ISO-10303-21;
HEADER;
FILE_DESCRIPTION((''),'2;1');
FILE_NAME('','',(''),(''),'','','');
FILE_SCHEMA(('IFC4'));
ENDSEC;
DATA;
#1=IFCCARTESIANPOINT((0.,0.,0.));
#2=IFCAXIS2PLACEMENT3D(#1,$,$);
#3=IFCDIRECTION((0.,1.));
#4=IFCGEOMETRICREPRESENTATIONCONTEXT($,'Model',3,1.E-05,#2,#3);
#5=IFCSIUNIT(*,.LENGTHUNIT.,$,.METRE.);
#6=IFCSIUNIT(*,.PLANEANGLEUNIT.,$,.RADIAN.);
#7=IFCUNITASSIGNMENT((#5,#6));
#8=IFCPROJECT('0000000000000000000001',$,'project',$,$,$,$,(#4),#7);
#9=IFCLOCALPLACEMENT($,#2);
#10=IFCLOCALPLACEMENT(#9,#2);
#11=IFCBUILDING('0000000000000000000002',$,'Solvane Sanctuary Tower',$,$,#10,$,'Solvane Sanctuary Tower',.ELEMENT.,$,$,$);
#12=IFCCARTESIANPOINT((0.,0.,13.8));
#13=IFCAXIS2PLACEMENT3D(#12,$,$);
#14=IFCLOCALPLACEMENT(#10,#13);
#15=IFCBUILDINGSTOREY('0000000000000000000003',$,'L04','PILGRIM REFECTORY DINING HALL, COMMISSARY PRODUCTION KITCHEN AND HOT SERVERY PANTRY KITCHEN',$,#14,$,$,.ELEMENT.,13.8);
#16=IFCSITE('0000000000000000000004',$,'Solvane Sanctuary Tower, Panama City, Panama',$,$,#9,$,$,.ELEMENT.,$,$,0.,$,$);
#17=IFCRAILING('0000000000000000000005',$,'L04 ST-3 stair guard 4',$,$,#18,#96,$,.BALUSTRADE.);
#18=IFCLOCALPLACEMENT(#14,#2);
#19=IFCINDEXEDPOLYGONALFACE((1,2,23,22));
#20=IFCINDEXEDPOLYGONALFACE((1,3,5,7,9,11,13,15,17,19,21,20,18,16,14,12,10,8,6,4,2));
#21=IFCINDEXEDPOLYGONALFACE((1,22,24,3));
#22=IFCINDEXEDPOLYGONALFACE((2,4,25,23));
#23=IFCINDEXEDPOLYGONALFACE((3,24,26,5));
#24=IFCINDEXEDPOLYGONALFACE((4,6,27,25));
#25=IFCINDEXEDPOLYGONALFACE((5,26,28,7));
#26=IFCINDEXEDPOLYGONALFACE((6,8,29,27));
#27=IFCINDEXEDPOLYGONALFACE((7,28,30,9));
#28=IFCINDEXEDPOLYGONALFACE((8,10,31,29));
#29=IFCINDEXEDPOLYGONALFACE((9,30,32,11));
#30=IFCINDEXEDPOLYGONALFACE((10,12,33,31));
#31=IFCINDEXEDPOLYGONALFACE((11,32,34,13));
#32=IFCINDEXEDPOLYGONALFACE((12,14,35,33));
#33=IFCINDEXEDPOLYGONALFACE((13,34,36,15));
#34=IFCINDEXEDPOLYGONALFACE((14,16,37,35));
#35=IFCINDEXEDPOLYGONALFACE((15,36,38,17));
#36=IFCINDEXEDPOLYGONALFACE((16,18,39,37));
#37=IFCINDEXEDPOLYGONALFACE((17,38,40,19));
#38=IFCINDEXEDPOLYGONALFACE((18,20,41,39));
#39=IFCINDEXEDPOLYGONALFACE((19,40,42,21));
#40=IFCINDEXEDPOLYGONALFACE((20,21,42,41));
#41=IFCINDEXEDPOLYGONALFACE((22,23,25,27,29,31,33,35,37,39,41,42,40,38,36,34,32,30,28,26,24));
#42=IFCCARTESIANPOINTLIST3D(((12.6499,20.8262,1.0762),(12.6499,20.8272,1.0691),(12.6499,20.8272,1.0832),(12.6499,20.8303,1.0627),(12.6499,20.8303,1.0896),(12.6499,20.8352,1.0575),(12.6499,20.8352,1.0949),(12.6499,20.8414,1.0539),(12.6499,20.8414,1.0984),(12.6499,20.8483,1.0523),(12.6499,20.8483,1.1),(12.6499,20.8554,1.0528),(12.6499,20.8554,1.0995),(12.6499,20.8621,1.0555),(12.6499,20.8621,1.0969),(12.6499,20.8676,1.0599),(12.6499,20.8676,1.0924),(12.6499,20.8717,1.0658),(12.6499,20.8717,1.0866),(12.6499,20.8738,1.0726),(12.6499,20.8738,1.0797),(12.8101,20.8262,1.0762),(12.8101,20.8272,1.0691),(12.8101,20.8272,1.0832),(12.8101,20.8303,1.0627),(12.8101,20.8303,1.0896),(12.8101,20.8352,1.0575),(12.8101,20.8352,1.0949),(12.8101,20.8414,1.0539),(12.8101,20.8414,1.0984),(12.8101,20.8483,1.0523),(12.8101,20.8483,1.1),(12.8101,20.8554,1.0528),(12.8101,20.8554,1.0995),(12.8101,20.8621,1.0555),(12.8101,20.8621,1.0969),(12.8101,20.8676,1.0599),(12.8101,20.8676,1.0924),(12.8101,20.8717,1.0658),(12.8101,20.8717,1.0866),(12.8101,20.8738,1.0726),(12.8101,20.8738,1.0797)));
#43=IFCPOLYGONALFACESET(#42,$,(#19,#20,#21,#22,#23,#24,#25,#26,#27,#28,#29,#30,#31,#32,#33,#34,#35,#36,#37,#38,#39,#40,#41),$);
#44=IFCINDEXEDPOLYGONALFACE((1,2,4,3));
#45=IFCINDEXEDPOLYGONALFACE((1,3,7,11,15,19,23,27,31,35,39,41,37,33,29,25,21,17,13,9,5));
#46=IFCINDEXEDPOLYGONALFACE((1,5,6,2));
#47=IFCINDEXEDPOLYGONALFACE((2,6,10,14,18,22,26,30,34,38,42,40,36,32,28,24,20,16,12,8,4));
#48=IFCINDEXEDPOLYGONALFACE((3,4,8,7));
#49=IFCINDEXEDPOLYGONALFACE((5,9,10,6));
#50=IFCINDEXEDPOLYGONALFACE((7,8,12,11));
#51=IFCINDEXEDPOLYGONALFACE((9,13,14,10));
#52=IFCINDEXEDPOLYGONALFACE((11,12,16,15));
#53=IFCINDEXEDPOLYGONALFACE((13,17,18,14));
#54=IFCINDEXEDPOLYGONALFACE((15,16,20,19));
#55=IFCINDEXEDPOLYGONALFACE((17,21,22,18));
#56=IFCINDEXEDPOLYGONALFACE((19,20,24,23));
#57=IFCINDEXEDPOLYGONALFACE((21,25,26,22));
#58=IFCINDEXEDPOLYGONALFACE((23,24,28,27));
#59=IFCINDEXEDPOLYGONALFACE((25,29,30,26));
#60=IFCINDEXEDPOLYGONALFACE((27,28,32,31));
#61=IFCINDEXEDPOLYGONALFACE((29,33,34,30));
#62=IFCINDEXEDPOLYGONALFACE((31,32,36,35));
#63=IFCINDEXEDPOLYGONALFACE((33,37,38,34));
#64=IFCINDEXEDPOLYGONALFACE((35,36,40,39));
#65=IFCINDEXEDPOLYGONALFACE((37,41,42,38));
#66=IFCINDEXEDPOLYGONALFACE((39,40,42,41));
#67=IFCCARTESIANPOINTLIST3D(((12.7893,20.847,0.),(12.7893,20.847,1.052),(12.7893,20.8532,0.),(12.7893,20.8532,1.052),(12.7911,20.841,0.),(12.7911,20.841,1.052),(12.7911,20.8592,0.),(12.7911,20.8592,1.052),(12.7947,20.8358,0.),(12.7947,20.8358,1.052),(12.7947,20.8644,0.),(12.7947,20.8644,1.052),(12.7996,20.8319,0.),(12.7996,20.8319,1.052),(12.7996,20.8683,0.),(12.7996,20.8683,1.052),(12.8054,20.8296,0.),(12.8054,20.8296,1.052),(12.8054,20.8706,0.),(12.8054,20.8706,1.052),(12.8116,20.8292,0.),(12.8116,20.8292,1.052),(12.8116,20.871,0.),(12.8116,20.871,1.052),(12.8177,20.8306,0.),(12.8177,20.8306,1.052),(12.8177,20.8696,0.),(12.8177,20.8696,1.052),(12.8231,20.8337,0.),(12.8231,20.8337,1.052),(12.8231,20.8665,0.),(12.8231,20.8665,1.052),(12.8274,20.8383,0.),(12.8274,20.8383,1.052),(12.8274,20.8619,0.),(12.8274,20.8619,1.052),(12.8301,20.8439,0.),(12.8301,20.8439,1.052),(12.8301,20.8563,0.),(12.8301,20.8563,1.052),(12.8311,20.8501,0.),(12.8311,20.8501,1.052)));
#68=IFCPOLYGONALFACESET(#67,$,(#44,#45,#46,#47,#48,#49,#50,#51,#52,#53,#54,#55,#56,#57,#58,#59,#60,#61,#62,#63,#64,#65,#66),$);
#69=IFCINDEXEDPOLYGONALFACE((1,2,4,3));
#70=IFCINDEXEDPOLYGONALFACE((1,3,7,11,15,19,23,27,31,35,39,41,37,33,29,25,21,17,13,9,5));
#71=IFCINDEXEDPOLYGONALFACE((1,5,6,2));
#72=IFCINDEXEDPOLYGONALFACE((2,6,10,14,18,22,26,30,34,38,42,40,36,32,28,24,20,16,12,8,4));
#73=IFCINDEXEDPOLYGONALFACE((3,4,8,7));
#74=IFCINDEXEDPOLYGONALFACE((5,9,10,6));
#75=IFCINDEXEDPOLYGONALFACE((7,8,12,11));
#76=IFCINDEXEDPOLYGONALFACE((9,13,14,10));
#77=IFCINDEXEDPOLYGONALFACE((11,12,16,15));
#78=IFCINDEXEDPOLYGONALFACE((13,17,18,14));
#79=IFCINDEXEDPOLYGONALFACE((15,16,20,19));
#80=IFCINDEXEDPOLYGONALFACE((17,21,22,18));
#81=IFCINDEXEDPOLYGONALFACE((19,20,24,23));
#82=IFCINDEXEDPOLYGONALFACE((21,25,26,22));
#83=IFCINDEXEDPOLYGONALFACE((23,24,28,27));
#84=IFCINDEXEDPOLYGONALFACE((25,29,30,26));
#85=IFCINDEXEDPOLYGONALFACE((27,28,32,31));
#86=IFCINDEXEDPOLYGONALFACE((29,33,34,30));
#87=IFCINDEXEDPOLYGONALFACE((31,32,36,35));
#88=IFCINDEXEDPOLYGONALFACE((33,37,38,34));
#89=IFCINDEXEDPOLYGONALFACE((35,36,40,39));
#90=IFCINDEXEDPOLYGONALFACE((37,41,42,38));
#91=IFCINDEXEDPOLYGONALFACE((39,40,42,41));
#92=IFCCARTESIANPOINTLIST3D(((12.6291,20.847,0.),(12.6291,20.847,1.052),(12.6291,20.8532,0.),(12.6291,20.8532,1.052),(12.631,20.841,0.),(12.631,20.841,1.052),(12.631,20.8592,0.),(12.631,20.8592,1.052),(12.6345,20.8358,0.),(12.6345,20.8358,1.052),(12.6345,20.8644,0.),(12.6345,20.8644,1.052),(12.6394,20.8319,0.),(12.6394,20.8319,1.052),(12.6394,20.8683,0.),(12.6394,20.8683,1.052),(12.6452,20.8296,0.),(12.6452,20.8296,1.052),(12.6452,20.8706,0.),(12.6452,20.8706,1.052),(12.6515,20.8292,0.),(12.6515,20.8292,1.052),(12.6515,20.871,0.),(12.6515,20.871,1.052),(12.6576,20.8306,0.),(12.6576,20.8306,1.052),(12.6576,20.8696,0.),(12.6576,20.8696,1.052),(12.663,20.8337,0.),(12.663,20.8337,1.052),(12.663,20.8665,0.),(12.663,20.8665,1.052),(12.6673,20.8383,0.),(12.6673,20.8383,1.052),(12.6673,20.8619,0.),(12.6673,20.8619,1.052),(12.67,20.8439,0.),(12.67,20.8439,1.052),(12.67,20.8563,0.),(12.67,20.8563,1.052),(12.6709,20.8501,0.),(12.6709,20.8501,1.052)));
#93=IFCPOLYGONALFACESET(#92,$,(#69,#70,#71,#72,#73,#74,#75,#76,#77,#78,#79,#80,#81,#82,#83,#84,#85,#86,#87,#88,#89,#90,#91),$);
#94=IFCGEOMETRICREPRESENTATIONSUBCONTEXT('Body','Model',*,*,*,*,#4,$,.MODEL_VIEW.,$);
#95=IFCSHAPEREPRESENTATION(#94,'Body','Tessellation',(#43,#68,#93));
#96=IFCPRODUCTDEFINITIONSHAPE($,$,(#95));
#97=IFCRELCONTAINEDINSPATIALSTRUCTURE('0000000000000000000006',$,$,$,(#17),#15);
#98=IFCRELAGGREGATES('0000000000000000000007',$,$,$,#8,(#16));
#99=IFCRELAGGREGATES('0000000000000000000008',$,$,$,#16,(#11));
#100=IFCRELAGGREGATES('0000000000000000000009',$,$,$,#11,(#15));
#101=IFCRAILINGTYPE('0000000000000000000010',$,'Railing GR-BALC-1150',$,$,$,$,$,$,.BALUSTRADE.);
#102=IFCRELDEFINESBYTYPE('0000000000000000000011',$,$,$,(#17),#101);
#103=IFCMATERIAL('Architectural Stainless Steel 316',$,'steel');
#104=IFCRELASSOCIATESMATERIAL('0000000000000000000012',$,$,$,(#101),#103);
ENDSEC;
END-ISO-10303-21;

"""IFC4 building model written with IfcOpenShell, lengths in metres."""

from ifc_helpers import new_model, si_unit, direction, frame, origin, origin_2d, place, context, subcontext, project, spatial, circle, extrude, material, type_object, element, save


model = new_model("IFC4")

# Units and contexts
model_context = context("Model", 3, precision=1e-05, world=origin(), true_north=direction((0.0, 1.0)))
body_context = subcontext(model_context, "Body", "Model", "MODEL_VIEW")
ifc_project = project(units=[si_unit("LENGTHUNIT", "METRE"), si_unit("PLANEANGLEUNIT", "RADIAN")], contexts=[model_context])

# Site, building, storey
site_placement = place(None, origin())
site = spatial("IfcSite", under=ifc_project, at=site_placement, Name="Solvane Sanctuary Tower, Panama City, Panama", CompositionType="ELEMENT", RefElevation=0.0)
building_placement = place(site_placement, origin())
building = spatial("IfcBuilding", under=site, at=building_placement, Name="Solvane Sanctuary Tower", LongName="Solvane Sanctuary Tower", CompositionType="ELEMENT")
storey_placement = place(building_placement, frame((0.0, 0.0, 13.8)))
storey = spatial("IfcBuildingStorey", under=building, at=storey_placement, Name="L04", Description="PILGRIM REFECTORY DINING HALL, COMMISSARY PRODUCTION KITCHEN AND HOT SERVERY PANTRY KITCHEN", CompositionType="ELEMENT", Elevation=13.8)

# Railing
ifc_material_1 = material(Name="Architectural Stainless Steel 316", Category="steel")
railing_type_1 = type_object("IfcRailingType", Name="Railing GR-BALC-1150", PredefinedType="BALUSTRADE", material=ifc_material_1)
railing_1_placement = place(storey_placement, frame((12.8101, 20.8501, 0.0)))
element("IfcRailing", 1, at=railing_1_placement, inside=storey, type_object=railing_type_1, Name="L04 ST-3 stair guard 4", PredefinedType="BALUSTRADE", context=body_context, shape_type="SweptSolid", body=[
    extrude(circle(Radius=0.0239, at=origin_2d()), frame((0.0, 0.0, 1.0762), z_axis=(-1.0, 0.0, 0.0), x_axis=(0.0, -1.0, 0.0)), (0.0, 0.0, 1.0), 0.1602),
    extrude(circle(Radius=0.021, at=origin_2d()), origin(), (0.0, 0.0, 1.0), 1.052),
    extrude(circle(Radius=0.021, at=origin_2d()), frame((-0.1602, 0.0, 0.0)), (0.0, 0.0, 1.0), 1.052),
])

save(model, "model.ifc")
